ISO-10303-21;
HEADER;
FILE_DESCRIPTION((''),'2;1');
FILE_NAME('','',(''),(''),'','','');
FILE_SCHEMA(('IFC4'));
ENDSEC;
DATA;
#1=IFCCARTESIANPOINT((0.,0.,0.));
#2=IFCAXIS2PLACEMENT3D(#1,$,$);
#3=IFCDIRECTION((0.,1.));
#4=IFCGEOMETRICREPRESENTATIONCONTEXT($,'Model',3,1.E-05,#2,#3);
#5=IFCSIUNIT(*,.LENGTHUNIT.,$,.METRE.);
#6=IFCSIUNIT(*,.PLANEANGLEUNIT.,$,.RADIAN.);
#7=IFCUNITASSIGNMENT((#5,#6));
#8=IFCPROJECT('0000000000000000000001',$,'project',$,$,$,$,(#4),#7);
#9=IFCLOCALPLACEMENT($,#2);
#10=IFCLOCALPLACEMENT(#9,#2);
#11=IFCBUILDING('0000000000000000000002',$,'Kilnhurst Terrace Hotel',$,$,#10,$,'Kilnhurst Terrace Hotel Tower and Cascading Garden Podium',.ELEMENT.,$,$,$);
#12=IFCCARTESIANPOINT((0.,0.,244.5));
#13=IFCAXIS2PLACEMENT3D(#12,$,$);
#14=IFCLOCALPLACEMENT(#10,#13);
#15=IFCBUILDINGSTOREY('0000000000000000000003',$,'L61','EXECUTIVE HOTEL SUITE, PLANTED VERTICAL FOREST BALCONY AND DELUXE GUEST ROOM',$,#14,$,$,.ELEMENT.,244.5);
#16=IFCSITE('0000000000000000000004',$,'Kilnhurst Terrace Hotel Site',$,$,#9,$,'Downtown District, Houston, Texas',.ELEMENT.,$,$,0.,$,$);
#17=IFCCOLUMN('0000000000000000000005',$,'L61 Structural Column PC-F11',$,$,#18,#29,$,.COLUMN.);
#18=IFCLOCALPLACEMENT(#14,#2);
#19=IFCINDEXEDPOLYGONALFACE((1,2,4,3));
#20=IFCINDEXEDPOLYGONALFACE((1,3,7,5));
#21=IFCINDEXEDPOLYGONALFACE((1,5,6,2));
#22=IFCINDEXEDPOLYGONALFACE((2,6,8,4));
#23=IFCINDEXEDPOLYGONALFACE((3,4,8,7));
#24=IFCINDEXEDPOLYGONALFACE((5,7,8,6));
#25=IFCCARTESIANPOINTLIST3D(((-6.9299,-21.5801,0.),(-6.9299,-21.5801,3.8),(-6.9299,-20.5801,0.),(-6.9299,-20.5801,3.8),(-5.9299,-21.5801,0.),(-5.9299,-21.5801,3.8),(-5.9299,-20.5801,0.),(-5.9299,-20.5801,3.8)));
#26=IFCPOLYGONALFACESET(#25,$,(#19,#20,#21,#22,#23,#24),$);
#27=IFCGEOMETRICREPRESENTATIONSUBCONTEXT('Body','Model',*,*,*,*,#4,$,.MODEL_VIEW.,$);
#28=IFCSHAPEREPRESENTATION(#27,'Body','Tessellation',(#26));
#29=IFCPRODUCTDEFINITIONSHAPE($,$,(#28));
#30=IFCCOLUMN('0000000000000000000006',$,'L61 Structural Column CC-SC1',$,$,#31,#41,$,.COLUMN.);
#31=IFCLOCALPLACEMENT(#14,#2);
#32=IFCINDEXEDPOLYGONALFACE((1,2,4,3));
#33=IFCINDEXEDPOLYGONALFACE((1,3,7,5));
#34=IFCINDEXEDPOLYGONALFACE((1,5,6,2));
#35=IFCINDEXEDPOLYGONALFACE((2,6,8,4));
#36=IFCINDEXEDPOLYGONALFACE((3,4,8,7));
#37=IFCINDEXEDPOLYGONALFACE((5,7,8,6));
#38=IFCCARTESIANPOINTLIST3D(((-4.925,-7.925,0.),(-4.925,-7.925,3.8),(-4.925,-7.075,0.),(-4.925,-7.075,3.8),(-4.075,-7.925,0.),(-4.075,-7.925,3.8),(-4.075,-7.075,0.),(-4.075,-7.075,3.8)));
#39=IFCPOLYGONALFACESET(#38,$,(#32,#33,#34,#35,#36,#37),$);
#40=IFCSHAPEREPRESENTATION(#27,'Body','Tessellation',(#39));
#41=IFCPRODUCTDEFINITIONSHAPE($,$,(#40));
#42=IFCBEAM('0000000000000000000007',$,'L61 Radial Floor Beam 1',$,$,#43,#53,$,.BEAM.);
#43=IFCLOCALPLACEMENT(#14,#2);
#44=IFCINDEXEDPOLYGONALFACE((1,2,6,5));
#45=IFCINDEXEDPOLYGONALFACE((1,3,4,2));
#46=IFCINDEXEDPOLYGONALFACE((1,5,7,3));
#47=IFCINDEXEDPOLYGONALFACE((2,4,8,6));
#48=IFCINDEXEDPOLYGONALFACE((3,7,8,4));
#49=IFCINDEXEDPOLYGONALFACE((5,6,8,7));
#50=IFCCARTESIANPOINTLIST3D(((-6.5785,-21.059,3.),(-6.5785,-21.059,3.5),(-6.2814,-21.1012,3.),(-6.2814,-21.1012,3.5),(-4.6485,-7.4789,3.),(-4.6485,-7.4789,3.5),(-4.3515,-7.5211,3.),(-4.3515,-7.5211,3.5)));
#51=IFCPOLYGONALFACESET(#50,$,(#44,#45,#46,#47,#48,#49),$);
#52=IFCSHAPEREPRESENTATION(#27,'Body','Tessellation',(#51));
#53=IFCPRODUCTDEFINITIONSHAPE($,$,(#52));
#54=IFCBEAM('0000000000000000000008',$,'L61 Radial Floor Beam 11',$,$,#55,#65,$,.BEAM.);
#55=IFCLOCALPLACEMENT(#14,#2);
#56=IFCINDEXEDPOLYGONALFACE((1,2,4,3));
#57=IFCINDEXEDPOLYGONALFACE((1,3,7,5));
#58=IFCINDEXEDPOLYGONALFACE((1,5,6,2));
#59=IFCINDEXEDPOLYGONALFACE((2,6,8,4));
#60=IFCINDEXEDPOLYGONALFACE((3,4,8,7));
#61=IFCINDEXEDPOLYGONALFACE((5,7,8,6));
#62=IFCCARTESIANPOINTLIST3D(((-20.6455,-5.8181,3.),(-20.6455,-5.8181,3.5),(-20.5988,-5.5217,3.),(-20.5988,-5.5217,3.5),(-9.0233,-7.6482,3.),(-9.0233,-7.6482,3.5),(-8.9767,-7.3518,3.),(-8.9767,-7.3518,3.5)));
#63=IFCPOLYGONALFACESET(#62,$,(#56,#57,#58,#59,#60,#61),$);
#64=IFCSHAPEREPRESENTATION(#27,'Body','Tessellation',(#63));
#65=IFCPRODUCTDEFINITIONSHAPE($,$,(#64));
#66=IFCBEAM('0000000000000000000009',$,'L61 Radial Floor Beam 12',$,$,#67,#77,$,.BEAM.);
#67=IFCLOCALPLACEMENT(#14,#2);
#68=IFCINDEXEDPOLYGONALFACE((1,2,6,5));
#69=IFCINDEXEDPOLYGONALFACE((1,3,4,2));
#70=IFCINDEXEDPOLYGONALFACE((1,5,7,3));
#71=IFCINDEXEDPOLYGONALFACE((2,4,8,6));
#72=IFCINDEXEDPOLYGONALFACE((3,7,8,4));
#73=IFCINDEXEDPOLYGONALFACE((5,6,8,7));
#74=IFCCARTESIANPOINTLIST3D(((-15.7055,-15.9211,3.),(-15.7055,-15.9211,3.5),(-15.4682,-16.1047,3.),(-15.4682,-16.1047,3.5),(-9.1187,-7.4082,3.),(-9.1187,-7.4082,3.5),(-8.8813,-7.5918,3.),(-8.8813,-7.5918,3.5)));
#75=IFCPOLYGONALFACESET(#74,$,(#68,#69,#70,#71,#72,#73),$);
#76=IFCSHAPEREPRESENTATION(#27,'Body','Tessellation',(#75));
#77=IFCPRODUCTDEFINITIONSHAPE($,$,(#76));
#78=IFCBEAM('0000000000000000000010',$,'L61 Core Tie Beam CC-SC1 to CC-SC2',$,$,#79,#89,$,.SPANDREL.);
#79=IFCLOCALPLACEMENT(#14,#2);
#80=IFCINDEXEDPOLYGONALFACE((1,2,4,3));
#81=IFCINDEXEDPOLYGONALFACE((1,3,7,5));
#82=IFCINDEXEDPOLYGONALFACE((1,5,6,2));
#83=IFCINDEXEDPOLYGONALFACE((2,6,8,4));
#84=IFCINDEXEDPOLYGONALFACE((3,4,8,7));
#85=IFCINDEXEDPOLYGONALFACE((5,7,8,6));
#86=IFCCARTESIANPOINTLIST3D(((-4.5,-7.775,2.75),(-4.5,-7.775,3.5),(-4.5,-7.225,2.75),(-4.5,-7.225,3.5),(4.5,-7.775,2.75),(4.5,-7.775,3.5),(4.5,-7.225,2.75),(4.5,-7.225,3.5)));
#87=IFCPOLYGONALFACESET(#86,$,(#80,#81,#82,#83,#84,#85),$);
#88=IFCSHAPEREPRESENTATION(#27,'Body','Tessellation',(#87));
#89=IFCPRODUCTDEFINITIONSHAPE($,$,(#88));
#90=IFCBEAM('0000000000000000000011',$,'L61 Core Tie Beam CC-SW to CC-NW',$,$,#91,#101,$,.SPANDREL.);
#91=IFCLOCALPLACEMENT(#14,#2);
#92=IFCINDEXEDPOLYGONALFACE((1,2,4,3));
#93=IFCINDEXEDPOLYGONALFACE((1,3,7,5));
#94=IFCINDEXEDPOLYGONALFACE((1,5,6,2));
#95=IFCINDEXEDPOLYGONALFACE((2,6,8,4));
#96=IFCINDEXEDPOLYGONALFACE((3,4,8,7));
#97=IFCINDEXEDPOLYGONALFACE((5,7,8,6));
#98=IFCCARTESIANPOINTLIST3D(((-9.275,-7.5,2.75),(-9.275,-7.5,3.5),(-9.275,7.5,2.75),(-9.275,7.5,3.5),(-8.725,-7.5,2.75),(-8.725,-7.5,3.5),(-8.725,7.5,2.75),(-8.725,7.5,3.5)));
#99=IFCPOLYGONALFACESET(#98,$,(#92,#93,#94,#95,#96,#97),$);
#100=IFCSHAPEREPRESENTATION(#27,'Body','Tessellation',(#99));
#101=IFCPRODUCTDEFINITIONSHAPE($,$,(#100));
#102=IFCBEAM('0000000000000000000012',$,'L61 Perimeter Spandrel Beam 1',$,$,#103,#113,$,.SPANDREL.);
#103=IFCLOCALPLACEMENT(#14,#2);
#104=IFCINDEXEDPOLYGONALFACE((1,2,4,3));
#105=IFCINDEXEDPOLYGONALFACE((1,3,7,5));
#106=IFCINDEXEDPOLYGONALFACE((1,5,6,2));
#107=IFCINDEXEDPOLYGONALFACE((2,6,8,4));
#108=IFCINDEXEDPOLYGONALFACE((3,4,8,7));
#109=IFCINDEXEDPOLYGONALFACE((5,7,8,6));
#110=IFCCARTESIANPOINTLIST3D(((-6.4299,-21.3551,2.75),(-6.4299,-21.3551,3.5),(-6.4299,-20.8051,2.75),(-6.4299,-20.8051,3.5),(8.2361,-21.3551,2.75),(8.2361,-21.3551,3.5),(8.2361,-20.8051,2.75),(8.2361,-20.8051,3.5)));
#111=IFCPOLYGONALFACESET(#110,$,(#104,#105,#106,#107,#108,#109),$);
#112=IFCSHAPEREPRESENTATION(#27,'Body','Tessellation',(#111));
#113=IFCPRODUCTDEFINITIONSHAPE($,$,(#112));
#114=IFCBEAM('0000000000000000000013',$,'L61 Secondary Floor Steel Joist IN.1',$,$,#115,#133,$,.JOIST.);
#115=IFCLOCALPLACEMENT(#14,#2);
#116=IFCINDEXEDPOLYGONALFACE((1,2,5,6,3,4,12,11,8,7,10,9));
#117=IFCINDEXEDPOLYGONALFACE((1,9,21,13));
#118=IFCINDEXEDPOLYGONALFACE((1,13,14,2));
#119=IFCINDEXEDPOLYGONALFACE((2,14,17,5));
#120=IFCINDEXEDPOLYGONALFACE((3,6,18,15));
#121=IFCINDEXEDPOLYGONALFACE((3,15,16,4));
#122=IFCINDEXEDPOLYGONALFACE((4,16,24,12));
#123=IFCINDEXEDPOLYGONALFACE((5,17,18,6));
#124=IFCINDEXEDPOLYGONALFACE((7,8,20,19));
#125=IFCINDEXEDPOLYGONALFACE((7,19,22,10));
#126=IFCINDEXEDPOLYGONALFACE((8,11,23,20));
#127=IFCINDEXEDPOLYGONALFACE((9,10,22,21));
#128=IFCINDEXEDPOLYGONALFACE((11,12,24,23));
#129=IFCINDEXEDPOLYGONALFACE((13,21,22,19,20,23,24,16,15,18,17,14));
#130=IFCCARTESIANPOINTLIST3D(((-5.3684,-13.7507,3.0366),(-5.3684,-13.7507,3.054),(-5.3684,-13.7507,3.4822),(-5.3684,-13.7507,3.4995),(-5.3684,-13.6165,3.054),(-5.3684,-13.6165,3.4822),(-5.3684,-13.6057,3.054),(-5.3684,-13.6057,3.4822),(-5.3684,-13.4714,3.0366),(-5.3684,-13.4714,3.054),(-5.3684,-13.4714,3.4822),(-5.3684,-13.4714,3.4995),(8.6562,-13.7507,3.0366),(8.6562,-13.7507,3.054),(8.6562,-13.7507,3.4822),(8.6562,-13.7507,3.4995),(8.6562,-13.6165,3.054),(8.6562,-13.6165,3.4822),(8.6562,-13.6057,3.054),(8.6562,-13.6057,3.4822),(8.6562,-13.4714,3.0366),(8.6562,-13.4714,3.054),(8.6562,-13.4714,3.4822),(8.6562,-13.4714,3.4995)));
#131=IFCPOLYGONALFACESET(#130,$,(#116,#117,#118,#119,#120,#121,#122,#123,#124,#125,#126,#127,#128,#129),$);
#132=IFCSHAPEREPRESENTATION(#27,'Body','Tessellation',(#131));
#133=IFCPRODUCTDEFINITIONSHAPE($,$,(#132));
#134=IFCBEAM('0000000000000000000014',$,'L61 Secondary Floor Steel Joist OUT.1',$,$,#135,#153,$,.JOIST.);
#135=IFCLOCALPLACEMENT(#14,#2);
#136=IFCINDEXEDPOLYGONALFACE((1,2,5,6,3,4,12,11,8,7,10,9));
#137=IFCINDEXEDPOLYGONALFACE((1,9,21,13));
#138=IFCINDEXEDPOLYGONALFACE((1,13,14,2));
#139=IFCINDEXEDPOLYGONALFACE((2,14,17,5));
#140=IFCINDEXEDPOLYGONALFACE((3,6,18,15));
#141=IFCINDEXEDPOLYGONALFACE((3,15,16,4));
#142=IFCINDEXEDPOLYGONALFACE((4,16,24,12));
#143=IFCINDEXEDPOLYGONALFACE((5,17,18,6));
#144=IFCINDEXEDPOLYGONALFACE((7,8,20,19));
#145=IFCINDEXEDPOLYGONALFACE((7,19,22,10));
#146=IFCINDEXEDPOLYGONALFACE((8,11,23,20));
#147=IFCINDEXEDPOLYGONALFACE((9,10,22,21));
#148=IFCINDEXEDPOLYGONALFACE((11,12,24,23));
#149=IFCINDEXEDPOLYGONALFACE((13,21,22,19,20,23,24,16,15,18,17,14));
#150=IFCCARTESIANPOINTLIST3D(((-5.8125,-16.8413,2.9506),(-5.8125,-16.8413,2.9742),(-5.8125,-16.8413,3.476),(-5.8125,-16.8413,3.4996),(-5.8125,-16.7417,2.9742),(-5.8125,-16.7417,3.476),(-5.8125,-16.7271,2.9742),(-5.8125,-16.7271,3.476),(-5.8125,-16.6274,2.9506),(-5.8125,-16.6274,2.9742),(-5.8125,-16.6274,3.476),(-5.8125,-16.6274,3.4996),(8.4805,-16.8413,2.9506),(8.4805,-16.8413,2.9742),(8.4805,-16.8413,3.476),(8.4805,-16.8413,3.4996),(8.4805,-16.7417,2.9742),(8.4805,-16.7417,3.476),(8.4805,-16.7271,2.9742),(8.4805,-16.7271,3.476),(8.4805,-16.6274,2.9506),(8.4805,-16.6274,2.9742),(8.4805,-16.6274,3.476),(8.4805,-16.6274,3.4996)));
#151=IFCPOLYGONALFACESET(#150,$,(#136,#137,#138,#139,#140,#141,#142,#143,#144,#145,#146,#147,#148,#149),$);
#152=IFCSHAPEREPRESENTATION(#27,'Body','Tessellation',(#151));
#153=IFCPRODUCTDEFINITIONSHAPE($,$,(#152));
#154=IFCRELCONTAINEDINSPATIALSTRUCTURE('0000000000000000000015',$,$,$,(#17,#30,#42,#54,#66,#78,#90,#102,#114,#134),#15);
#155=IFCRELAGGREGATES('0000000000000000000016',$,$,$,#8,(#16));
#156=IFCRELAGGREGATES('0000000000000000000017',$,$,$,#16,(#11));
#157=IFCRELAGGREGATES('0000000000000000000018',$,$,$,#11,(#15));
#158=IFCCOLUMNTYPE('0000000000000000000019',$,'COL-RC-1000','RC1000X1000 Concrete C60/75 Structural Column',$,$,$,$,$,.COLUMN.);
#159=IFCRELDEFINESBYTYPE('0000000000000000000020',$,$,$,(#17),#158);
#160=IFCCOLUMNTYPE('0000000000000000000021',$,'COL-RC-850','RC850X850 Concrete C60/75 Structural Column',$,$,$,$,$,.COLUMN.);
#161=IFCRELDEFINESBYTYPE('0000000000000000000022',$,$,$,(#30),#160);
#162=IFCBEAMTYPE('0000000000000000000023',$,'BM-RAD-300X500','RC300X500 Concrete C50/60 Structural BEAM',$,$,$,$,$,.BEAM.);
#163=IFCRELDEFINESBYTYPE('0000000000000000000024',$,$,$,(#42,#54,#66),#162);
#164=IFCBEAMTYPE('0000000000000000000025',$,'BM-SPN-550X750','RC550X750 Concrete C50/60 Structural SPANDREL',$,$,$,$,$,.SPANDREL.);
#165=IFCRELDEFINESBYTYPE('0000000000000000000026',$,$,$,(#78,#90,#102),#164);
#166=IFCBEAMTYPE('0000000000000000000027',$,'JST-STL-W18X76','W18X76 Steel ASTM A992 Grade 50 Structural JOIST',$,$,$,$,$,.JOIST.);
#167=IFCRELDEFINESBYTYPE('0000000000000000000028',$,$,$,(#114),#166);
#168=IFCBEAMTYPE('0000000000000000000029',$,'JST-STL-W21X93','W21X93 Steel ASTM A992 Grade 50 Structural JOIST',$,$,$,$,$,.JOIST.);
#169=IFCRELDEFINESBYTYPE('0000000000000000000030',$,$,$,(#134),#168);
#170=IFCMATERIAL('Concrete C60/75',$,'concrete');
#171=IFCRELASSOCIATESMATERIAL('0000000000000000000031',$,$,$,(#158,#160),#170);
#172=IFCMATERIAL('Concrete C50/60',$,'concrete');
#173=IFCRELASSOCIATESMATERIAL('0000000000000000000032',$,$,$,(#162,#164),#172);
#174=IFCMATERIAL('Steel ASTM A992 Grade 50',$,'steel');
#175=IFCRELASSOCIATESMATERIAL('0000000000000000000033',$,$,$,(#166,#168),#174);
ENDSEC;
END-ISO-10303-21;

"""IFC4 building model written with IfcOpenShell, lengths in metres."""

from ifc_helpers import new_model, si_unit, direction, frame, origin, origin_2d, place, context, subcontext, project, spatial, rectangle, i_section, extrude, material, material_profile, profile_set, type_object, element, save


model = new_model("IFC4")

# Units and contexts
model_context = context("Model", 3, precision=1e-05, world=origin(), true_north=direction((0.0, 1.0)))
body_context = subcontext(model_context, "Body", "Model", "MODEL_VIEW")
ifc_project = project(units=[si_unit("LENGTHUNIT", "METRE"), si_unit("PLANEANGLEUNIT", "RADIAN")], contexts=[model_context])

# Site, building, storey
site_placement = place(None, origin())
site = spatial("IfcSite", under=ifc_project, at=site_placement, Name="Kilnhurst Terrace Hotel Site", LongName="Downtown District, Houston, Texas", CompositionType="ELEMENT", RefElevation=0.0)
building_placement = place(site_placement, origin())
building = spatial("IfcBuilding", under=site, at=building_placement, Name="Kilnhurst Terrace Hotel", LongName="Kilnhurst Terrace Hotel Tower and Cascading Garden Podium", CompositionType="ELEMENT")
storey_placement = place(building_placement, frame((0.0, 0.0, 244.5)))
storey = spatial("IfcBuildingStorey", under=building, at=storey_placement, Name="L61", Description="EXECUTIVE HOTEL SUITE, PLANTED VERTICAL FOREST BALCONY AND DELUXE GUEST ROOM", CompositionType="ELEMENT", Elevation=244.5)

# Columns
ifc_material_1 = material(Name="Concrete C60/75", Category="concrete")
ifc_material_profile_1 = material_profile(ifc_material_1, rectangle(XDim=1.0, YDim=1.0, at=origin_2d()), Name="RC1000X1000")
ifc_profile_set_1 = profile_set([ifc_material_profile_1], Name="Concrete C60/75")
column_type_1 = type_object("IfcColumnType", Name="COL-RC-1000", Description="RC1000X1000 Concrete C60/75 Structural Column", PredefinedType="COLUMN", material=ifc_profile_set_1)
column_1_placement = place(storey_placement, frame((-6.4299, -21.0801, 0.0), z_axis=(0.0, 0.0, 1.0), x_axis=(1.0, 0.0, 0.0)))
element("IfcColumn", 1, at=column_1_placement, inside=storey, type_object=column_type_1, Name="L61 Structural Column PC-F11", PredefinedType="COLUMN", context=body_context, shape_type="SweptSolid", body=[
    extrude(rectangle(XDim=1.0, YDim=1.0, at=origin_2d()), origin(), (0.0, 0.0, 1.0), 3.8),
])
ifc_material_profile_2 = material_profile(ifc_material_1, rectangle(XDim=0.8501, YDim=0.8501, at=origin_2d()), Name="RC850X850")
ifc_profile_set_2 = profile_set([ifc_material_profile_2], Name="Concrete C60/75")
column_type_2 = type_object("IfcColumnType", Name="COL-RC-850", Description="RC850X850 Concrete C60/75 Structural Column", PredefinedType="COLUMN", material=ifc_profile_set_2)
column_2_placement = place(storey_placement, frame((-4.5, -7.5, 0.0), z_axis=(0.0, 0.0, 1.0), x_axis=(1.0, 0.0, 0.0)))
element("IfcColumn", 2, at=column_2_placement, inside=storey, type_object=column_type_2, Name="L61 Structural Column CC-SC1", PredefinedType="COLUMN", context=body_context, shape_type="SweptSolid", body=[
    extrude(rectangle(XDim=0.8501, YDim=0.8501, at=origin_2d()), origin(), (0.0, 0.0, 1.0), 3.8),
])

# Beams
ifc_material_2 = material(Name="Concrete C50/60", Category="concrete")
ifc_material_profile_3 = material_profile(ifc_material_2, rectangle(XDim=0.3, YDim=0.5, at=origin_2d()), Name="RC300X500")
ifc_profile_set_3 = profile_set([ifc_material_profile_3], Name="Concrete C50/60")
beam_type_1 = type_object("IfcBeamType", Name="BM-RAD-300X500", Description="RC300X500 Concrete C50/60 Structural BEAM", PredefinedType="BEAM", material=ifc_profile_set_3)
beam_1_placement = place(storey_placement, frame((-4.5, -7.5, 3.25), z_axis=(-0.140701, -0.990052, 0.0), x_axis=(0.990052, -0.140701, 0.0)))
element("IfcBeam", 3, at=beam_1_placement, inside=storey, type_object=beam_type_1, Name="L61 Radial Floor Beam 1", PredefinedType="BEAM", context=body_context, shape_type="SweptSolid", body=[
    extrude(rectangle(XDim=0.3, YDim=0.5, at=origin_2d()), origin(), (0.0, 0.0, 1.0), 13.7166),
])
beam_2_placement = place(storey_placement, frame((-9.0, -7.5, 3.25), z_axis=(-0.987828, 0.155549, 0.0), x_axis=(-0.155549, -0.987828, 0.0)))
element("IfcBeam", 4, at=beam_2_placement, inside=storey, type_object=beam_type_1, Name="L61 Radial Floor Beam 11", PredefinedType="BEAM", context=body_context, shape_type="SweptSolid", body=[
    extrude(rectangle(XDim=0.3, YDim=0.5, at=origin_2d()), origin(), (0.0, 0.0, 1.0), 11.7654),
])
beam_3_placement = place(storey_placement, frame((-9.0, -7.5, 3.25), z_axis=(-0.611955, -0.790892, 0.0), x_axis=(0.790892, -0.611955, 0.0)))
element("IfcBeam", 5, at=beam_3_placement, inside=storey, type_object=beam_type_1, Name="L61 Radial Floor Beam 12", PredefinedType="BEAM", context=body_context, shape_type="SweptSolid", body=[
    extrude(rectangle(XDim=0.3, YDim=0.5, at=origin_2d()), origin(), (0.0, 0.0, 1.0), 10.7637),
])
ifc_material_profile_4 = material_profile(ifc_material_2, rectangle(XDim=0.55, YDim=0.75, at=origin_2d()), Name="RC550X750")
ifc_profile_set_4 = profile_set([ifc_material_profile_4], Name="Concrete C50/60")
beam_type_2 = type_object("IfcBeamType", Name="BM-SPN-550X750", Description="RC550X750 Concrete C50/60 Structural SPANDREL", PredefinedType="SPANDREL", material=ifc_profile_set_4)
beam_4_placement = place(storey_placement, frame((-4.5, -7.5, 3.125), z_axis=(1.0, 0.0, 0.0), x_axis=(0.0, 1.0, 0.0)))
element("IfcBeam", 6, at=beam_4_placement, inside=storey, type_object=beam_type_2, Name="L61 Core Tie Beam CC-SC1 to CC-SC2", PredefinedType="SPANDREL", context=body_context, shape_type="SweptSolid", body=[
    extrude(rectangle(XDim=0.55, YDim=0.75, at=origin_2d()), origin(), (0.0, 0.0, 1.0), 9.0),
])
beam_5_placement = place(storey_placement, frame((-9.0, -7.5, 3.125), z_axis=(0.0, 1.0, 0.0), x_axis=(-1.0, 0.0, 0.0)))
element("IfcBeam", 7, at=beam_5_placement, inside=storey, type_object=beam_type_2, Name="L61 Core Tie Beam CC-SW to CC-NW", PredefinedType="SPANDREL", context=body_context, shape_type="SweptSolid", body=[
    extrude(rectangle(XDim=0.55, YDim=0.75, at=origin_2d()), origin(), (0.0, 0.0, 1.0), 15.0),
])
beam_6_placement = place(storey_placement, frame((-6.4299, -21.0801, 3.125), z_axis=(1.0, 0.0, 0.0), x_axis=(0.0, 1.0, 0.0)))
element("IfcBeam", 8, at=beam_6_placement, inside=storey, type_object=beam_type_2, Name="L61 Perimeter Spandrel Beam 1", PredefinedType="SPANDREL", context=body_context, shape_type="SweptSolid", body=[
    extrude(rectangle(XDim=0.55, YDim=0.75, at=origin_2d()), origin(), (0.0, 0.0, 1.0), 14.666),
])
ifc_material_3 = material(Name="Steel ASTM A992 Grade 50", Category="steel")
ifc_material_profile_5 = material_profile(ifc_material_3, i_section(OverallWidth=0.2793, OverallDepth=0.4629, WebThickness=0.0107, FlangeThickness=0.0173, at=origin_2d()), Name="W18X76")
ifc_profile_set_5 = profile_set([ifc_material_profile_5], Name="Steel ASTM A992 Grade 50")
beam_type_3 = type_object("IfcBeamType", Name="JST-STL-W18X76", Description="W18X76 Steel ASTM A992 Grade 50 Structural JOIST", PredefinedType="JOIST", material=ifc_profile_set_5)
beam_7_placement = place(storey_placement, frame((-5.3684, -13.6111, 3.2681), z_axis=(1.0, 0.0, 0.0), x_axis=(0.0, 1.0, 0.0)))
element("IfcBeam", 9, at=beam_7_placement, inside=storey, type_object=beam_type_3, Name="L61 Secondary Floor Steel Joist IN.1", PredefinedType="JOIST", context=body_context, shape_type="SweptSolid", body=[
    extrude(i_section(OverallWidth=0.2793, OverallDepth=0.4629, WebThickness=0.0107, FlangeThickness=0.0173, at=origin_2d()), origin(), (0.0, 0.0, 1.0), 14.0247),
])
ifc_material_profile_6 = material_profile(ifc_material_3, i_section(OverallWidth=0.2139, OverallDepth=0.5491, WebThickness=0.0146, FlangeThickness=0.0237, at=origin_2d()), Name="W21X93")
ifc_profile_set_6 = profile_set([ifc_material_profile_6], Name="Steel ASTM A992 Grade 50")
beam_type_4 = type_object("IfcBeamType", Name="JST-STL-W21X93", Description="W21X93 Steel ASTM A992 Grade 50 Structural JOIST", PredefinedType="JOIST", material=ifc_profile_set_6)
beam_8_placement = place(storey_placement, frame((-5.8125, -16.7344, 3.2251), z_axis=(1.0, 0.0, 0.0), x_axis=(0.0, 1.0, 0.0)))
element("IfcBeam", 10, at=beam_8_placement, inside=storey, type_object=beam_type_4, Name="L61 Secondary Floor Steel Joist OUT.1", PredefinedType="JOIST", context=body_context, shape_type="SweptSolid", body=[
    extrude(i_section(OverallWidth=0.2139, OverallDepth=0.5491, WebThickness=0.0146, FlangeThickness=0.0237, at=origin_2d()), origin(), (0.0, 0.0, 1.0), 14.293),
])

save(model, "model.ifc")
